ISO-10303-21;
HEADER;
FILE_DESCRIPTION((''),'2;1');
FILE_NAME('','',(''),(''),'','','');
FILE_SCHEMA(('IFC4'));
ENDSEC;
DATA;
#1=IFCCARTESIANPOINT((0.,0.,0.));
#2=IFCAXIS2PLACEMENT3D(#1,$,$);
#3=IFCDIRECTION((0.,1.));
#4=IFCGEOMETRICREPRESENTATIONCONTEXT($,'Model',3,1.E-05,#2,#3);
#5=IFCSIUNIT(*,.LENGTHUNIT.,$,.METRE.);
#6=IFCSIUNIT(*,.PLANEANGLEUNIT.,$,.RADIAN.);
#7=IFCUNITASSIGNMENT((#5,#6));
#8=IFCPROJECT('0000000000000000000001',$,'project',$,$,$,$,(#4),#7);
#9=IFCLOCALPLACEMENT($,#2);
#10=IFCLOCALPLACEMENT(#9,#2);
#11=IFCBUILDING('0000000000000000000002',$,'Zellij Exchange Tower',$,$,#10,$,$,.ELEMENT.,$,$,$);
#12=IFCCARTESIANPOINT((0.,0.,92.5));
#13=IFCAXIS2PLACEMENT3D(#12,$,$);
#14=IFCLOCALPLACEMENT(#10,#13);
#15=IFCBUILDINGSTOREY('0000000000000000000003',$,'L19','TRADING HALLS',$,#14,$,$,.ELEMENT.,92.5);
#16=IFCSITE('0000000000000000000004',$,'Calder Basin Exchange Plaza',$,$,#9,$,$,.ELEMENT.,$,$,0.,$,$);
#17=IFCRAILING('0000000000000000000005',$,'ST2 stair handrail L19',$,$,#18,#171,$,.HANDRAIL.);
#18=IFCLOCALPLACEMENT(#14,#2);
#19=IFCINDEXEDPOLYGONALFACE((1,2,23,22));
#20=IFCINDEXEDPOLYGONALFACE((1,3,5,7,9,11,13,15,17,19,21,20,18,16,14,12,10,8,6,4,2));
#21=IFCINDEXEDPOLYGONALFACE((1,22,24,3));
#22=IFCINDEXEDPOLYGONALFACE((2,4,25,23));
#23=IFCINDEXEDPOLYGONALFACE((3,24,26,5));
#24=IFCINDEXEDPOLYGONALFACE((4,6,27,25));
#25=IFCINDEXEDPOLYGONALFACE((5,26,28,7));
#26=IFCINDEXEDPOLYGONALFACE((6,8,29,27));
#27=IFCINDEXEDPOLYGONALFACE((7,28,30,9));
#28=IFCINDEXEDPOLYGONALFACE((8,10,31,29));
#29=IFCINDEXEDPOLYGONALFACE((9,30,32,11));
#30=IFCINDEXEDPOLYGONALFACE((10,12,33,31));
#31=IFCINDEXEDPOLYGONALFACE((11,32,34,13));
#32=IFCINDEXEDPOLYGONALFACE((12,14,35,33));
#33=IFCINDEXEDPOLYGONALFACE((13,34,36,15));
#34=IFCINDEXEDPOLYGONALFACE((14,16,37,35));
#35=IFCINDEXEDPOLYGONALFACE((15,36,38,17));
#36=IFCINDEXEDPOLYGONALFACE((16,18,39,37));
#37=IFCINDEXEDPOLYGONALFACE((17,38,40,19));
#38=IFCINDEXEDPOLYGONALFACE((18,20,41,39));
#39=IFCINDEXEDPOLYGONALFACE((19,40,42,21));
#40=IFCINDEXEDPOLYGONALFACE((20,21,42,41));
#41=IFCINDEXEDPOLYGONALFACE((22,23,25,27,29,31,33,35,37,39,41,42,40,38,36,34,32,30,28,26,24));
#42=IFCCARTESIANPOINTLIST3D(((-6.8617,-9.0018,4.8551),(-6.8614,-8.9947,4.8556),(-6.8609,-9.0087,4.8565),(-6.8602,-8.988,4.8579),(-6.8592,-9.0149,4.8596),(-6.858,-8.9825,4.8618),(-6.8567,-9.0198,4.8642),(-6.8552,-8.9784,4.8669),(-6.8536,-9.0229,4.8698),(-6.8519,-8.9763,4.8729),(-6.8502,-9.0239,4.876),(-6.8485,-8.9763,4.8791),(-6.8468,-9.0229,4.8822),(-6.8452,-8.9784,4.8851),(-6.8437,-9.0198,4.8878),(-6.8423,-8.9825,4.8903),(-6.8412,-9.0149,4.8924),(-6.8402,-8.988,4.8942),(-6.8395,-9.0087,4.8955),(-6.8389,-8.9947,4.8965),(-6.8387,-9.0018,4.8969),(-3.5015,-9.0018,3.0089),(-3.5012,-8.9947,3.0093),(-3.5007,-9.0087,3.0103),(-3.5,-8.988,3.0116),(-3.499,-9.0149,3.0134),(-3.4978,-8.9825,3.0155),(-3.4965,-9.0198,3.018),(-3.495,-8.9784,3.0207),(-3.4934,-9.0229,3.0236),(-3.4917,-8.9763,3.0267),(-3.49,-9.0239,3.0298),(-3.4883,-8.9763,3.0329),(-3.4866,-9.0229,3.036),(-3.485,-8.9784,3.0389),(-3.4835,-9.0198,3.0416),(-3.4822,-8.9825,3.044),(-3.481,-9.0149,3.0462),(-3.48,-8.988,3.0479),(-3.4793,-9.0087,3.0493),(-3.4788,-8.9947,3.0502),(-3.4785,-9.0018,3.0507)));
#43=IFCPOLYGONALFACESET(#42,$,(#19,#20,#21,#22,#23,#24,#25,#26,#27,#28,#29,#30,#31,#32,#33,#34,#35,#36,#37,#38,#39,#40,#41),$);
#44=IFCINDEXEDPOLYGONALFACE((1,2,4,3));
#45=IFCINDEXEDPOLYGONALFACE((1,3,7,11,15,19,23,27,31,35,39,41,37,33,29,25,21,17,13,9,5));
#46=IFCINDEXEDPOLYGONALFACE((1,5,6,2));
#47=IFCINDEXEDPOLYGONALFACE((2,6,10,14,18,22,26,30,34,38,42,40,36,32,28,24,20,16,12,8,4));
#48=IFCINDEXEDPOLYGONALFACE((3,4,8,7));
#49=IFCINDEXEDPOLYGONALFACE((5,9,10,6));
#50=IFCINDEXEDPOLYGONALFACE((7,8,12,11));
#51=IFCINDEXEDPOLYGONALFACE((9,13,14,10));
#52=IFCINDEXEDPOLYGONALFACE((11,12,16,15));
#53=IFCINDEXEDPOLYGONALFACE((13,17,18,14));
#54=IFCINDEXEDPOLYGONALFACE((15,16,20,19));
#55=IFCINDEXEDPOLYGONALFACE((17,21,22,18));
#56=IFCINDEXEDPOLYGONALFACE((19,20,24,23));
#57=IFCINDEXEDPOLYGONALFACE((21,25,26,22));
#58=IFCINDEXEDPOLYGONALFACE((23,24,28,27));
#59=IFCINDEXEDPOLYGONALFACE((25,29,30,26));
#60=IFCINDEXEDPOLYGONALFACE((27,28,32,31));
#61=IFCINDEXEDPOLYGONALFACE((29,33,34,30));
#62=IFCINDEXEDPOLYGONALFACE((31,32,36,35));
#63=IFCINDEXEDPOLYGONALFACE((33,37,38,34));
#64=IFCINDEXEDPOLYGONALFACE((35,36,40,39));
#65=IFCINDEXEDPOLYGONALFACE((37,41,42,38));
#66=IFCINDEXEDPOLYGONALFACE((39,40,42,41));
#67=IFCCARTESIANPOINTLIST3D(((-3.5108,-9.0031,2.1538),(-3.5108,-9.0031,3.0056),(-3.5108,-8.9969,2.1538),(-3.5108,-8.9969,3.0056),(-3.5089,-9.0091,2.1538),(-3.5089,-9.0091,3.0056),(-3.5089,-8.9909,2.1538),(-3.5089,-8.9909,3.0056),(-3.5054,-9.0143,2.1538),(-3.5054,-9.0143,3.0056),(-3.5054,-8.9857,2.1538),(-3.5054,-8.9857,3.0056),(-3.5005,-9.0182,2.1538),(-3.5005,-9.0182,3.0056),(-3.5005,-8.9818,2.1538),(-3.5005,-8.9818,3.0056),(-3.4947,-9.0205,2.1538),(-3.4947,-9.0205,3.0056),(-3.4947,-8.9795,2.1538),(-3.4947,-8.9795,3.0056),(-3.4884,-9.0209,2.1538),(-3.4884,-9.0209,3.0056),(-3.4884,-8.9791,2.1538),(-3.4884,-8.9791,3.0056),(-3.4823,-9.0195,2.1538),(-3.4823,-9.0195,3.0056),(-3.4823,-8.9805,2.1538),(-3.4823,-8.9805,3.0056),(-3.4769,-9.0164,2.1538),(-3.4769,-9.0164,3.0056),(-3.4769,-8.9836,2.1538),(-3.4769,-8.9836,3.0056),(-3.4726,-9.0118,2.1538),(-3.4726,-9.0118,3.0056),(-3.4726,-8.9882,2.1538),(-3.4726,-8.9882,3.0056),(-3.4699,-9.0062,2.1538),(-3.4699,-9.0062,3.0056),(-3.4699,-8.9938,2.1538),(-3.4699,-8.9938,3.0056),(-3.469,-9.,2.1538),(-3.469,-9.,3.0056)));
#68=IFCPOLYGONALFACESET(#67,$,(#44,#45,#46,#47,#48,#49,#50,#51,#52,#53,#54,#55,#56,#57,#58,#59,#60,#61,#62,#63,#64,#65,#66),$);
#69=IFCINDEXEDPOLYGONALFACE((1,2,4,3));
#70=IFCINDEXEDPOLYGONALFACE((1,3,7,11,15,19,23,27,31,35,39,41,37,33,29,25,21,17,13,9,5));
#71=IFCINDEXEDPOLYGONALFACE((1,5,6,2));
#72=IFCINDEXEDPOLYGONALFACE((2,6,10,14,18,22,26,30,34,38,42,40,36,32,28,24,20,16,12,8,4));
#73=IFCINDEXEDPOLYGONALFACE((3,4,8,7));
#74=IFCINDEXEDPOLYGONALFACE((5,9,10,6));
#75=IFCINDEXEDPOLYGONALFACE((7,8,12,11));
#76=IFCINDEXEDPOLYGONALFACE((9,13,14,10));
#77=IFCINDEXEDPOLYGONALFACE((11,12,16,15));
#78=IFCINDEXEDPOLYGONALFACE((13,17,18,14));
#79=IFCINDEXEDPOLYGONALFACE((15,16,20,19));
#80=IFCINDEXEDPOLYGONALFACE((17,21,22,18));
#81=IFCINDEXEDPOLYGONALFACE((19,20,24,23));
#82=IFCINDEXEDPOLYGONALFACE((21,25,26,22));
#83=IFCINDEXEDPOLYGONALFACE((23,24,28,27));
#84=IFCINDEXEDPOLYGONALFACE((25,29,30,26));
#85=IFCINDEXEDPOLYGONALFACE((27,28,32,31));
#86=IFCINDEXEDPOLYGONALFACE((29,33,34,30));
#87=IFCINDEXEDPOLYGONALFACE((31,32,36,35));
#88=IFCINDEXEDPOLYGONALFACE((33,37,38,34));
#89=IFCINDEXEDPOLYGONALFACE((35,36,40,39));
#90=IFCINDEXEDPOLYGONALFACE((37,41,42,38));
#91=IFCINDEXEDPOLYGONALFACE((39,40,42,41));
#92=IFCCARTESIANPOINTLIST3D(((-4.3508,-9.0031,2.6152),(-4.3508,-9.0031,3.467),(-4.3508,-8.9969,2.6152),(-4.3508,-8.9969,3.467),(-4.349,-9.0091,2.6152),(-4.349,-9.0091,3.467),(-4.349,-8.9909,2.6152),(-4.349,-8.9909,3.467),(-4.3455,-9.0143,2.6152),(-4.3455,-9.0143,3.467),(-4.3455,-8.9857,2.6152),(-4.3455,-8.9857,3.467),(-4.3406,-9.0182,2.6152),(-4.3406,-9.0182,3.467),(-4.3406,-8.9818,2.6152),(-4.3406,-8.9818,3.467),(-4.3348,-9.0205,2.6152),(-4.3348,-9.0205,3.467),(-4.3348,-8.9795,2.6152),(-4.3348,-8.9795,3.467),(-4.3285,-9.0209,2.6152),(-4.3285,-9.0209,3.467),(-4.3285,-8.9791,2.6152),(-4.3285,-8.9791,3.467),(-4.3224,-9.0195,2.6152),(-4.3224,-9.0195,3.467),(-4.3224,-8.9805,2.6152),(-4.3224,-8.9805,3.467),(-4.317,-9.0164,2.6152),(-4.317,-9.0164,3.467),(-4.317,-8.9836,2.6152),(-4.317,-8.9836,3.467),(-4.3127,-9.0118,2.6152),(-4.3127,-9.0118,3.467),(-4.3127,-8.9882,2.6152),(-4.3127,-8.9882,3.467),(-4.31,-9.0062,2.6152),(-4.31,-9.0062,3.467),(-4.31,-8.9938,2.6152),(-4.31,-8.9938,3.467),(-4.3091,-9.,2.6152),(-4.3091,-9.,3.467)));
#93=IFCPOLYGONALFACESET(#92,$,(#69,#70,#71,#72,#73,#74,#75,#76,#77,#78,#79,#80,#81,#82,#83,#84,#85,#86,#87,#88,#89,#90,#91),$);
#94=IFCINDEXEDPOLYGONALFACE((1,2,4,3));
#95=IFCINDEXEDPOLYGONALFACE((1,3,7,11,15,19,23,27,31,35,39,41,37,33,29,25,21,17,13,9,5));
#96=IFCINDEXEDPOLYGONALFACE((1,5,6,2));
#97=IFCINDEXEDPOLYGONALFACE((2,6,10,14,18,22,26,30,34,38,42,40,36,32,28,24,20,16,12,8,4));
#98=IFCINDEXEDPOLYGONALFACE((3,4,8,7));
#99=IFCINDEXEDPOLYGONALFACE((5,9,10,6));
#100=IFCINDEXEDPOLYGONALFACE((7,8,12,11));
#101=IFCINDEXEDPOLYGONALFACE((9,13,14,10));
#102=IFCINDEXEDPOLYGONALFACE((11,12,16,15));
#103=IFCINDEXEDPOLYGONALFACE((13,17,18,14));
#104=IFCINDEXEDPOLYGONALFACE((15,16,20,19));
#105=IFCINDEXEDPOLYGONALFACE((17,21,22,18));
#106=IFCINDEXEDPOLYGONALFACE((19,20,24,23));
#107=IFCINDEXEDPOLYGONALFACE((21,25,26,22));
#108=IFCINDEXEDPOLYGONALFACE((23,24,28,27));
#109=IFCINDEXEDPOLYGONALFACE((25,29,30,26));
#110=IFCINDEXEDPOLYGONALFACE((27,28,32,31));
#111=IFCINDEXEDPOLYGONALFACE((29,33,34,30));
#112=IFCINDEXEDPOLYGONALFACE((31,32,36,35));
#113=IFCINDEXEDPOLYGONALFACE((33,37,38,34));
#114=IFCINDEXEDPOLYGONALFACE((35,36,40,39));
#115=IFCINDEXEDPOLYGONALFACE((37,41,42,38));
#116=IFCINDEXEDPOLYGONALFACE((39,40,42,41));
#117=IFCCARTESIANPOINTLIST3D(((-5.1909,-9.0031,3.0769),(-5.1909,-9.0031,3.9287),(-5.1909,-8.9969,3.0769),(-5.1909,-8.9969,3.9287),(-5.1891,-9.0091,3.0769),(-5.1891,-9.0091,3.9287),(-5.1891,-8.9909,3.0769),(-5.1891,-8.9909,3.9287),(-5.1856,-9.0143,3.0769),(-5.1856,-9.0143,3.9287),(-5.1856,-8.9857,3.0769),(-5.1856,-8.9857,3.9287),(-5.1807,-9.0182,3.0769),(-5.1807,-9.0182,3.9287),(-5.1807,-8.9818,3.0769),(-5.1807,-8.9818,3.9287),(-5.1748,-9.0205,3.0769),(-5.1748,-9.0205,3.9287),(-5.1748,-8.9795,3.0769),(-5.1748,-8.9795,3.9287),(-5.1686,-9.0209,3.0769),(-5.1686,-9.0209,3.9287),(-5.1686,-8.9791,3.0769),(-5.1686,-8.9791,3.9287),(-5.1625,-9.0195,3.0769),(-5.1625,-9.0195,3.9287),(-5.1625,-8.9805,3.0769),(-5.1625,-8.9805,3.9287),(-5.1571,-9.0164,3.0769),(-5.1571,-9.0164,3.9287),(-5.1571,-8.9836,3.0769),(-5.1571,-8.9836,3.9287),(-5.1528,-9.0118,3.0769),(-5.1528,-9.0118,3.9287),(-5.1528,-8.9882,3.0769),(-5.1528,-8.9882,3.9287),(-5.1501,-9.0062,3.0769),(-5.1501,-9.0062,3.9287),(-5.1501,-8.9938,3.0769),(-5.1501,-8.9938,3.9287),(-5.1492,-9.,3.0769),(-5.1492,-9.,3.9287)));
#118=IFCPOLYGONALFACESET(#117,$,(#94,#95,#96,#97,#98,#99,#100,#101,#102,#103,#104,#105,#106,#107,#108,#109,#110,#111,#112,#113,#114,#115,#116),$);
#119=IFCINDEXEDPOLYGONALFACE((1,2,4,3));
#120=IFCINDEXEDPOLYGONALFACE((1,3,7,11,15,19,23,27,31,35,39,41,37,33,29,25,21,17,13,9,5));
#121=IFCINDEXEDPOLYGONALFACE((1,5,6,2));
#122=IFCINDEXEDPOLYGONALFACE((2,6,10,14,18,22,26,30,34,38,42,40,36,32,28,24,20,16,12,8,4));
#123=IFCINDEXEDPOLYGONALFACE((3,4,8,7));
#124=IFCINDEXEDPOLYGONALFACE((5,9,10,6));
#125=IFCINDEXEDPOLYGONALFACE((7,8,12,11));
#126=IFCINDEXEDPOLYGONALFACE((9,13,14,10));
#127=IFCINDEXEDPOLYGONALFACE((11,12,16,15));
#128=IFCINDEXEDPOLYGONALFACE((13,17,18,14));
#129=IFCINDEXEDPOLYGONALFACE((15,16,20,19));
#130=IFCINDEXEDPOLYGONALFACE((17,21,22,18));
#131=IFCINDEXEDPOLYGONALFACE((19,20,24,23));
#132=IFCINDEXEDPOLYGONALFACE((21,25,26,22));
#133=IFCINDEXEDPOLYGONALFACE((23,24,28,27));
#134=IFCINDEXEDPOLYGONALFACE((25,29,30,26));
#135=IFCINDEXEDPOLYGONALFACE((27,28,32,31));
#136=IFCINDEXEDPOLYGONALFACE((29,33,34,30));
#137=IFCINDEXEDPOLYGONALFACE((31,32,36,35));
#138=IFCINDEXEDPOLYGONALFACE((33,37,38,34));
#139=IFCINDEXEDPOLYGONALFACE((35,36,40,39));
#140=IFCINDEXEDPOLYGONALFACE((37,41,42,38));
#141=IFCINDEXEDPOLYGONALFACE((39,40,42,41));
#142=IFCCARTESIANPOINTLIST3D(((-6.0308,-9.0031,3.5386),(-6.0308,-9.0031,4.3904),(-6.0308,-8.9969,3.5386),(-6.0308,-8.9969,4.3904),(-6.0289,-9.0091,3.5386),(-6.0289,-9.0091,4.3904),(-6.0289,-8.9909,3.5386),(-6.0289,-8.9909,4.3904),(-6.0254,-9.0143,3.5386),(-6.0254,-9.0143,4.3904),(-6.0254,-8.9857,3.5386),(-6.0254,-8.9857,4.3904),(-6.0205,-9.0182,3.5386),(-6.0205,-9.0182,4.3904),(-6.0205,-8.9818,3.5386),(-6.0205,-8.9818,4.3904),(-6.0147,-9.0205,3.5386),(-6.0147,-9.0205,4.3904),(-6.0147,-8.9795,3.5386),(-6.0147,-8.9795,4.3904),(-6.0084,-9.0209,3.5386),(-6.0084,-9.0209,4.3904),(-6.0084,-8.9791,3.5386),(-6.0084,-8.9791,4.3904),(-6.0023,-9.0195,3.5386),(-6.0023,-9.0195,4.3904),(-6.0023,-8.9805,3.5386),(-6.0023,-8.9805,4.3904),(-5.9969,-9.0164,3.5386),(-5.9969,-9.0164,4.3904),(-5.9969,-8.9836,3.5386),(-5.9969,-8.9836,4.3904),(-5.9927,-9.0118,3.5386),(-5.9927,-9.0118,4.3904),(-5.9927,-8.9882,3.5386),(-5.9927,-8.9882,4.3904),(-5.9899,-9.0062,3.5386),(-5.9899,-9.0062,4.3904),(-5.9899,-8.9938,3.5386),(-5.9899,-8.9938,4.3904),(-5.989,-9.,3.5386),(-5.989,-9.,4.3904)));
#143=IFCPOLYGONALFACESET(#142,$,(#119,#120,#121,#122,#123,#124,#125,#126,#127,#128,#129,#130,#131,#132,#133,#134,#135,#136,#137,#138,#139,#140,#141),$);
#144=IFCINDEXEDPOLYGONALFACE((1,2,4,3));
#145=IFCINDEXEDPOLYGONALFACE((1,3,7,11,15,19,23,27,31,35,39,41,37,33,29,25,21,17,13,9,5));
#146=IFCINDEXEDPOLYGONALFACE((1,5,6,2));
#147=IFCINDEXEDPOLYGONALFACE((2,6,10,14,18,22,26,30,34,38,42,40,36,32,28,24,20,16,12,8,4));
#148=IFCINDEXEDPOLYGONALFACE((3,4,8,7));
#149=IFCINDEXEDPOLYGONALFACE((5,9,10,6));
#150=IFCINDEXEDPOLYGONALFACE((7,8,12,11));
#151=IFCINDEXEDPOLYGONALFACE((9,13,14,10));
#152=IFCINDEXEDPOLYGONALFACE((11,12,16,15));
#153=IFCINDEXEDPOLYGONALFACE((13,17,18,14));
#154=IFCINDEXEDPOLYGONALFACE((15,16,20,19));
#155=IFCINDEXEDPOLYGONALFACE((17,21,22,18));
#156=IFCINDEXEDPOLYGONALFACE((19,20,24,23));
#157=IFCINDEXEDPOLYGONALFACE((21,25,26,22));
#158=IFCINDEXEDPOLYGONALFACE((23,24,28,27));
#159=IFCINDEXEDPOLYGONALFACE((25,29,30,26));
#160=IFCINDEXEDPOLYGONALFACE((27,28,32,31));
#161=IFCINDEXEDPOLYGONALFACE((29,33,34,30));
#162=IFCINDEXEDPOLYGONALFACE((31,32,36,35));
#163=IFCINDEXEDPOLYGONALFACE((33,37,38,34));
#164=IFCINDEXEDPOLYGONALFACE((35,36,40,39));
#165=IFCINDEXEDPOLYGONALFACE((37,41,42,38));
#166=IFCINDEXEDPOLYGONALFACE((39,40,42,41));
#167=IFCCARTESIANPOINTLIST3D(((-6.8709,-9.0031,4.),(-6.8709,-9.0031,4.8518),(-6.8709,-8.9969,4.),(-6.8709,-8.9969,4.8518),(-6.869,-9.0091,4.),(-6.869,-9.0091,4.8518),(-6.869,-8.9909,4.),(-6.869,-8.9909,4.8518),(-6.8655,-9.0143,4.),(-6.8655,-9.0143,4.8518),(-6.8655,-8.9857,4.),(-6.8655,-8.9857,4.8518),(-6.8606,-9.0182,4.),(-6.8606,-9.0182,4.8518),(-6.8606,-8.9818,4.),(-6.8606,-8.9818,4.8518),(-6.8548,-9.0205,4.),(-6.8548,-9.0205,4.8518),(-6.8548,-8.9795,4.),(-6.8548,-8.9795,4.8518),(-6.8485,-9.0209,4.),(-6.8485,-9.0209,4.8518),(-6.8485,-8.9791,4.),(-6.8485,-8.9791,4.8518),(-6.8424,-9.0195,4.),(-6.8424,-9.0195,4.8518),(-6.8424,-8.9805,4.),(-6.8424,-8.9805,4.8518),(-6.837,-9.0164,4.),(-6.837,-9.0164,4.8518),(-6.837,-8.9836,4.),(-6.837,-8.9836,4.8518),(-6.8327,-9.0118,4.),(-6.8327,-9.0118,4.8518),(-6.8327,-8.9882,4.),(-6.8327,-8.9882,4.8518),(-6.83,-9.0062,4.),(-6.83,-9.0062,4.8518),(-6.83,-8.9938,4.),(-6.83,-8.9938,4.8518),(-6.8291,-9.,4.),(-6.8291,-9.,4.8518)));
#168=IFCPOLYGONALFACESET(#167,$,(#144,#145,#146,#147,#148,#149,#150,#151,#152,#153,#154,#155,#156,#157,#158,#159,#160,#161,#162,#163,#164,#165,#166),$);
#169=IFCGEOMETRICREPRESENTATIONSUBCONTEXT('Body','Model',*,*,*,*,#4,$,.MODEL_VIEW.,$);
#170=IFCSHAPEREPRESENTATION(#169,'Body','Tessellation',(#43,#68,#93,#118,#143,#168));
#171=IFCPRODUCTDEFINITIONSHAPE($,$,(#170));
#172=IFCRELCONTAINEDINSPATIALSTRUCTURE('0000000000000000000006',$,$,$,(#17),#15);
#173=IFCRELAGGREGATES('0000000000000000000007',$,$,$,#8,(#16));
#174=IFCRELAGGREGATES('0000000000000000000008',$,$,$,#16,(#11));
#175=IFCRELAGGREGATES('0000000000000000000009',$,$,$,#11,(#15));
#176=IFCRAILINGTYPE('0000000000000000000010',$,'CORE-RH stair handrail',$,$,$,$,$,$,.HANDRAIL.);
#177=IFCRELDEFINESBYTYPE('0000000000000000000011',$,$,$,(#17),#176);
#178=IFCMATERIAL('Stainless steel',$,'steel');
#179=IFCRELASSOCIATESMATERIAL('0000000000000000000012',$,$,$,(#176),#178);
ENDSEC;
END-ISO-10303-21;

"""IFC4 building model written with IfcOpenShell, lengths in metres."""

from ifc_helpers import new_model, si_unit, direction, frame, origin, origin_2d, place, context, subcontext, project, spatial, circle, extrude, material, type_object, element, save


model = new_model("IFC4")

# Units and contexts
model_context = context("Model", 3, precision=1e-05, world=origin(), true_north=direction((0.0, 1.0)))
body_context = subcontext(model_context, "Body", "Model", "MODEL_VIEW")
ifc_project = project(units=[si_unit("LENGTHUNIT", "METRE"), si_unit("PLANEANGLEUNIT", "RADIAN")], contexts=[model_context])

# Site, building, storey
site_placement = place(None, origin())
site = spatial("IfcSite", under=ifc_project, at=site_placement, Name="Calder Basin Exchange Plaza", CompositionType="ELEMENT", RefElevation=0.0)
building_placement = place(site_placement, origin())
building = spatial("IfcBuilding", under=site, at=building_placement, Name="Zellij Exchange Tower", CompositionType="ELEMENT")
storey_placement = place(building_placement, frame((0.0, 0.0, 92.5)))
storey = spatial("IfcBuildingStorey", under=building, at=storey_placement, Name="L19", Description="TRADING HALLS", CompositionType="ELEMENT", Elevation=92.5)

# Railing
ifc_material_1 = material(Name="Stainless steel", Category="steel")
railing_type_1 = type_object("IfcRailingType", Name="CORE-RH stair handrail", PredefinedType="HANDRAIL", material=ifc_material_1)
railing_1_placement = place(storey_placement, frame((-3.49, -9.0, 2.1538)))
element("IfcRailing", 1, at=railing_1_placement, inside=storey, type_object=railing_type_1, Name="ST2 stair handrail L19", PredefinedType="HANDRAIL", context=body_context, shape_type="SweptSolid", body=[
    extrude(circle(Radius=0.0239, at=origin_2d()), frame((0.0, 0.0, 0.876), z_axis=(-0.876422, 0.0, 0.481545), x_axis=(0.0, -1.0, 0.0)), (0.0, 0.0, 1.0), 3.834),
    extrude(circle(Radius=0.021, at=origin_2d()), origin(), (0.0, 0.0, 1.0), 0.8518),
    extrude(circle(Radius=0.021, at=origin_2d()), frame((-0.8401, 0.0, 0.4614)), (0.0, 0.0, 1.0), 0.8518),
    extrude(circle(Radius=0.021, at=origin_2d()), frame((-1.6802, 0.0, 0.9231)), (0.0, 0.0, 1.0), 0.8518),
    extrude(circle(Radius=0.021, at=origin_2d()), frame((-2.52, 0.0, 1.3848)), (0.0, 0.0, 1.0), 0.8518),
    extrude(circle(Radius=0.021, at=origin_2d()), frame((-3.3601, 0.0, 1.8462)), (0.0, 0.0, 1.0), 0.8518),
])

save(model, "model.ifc")
